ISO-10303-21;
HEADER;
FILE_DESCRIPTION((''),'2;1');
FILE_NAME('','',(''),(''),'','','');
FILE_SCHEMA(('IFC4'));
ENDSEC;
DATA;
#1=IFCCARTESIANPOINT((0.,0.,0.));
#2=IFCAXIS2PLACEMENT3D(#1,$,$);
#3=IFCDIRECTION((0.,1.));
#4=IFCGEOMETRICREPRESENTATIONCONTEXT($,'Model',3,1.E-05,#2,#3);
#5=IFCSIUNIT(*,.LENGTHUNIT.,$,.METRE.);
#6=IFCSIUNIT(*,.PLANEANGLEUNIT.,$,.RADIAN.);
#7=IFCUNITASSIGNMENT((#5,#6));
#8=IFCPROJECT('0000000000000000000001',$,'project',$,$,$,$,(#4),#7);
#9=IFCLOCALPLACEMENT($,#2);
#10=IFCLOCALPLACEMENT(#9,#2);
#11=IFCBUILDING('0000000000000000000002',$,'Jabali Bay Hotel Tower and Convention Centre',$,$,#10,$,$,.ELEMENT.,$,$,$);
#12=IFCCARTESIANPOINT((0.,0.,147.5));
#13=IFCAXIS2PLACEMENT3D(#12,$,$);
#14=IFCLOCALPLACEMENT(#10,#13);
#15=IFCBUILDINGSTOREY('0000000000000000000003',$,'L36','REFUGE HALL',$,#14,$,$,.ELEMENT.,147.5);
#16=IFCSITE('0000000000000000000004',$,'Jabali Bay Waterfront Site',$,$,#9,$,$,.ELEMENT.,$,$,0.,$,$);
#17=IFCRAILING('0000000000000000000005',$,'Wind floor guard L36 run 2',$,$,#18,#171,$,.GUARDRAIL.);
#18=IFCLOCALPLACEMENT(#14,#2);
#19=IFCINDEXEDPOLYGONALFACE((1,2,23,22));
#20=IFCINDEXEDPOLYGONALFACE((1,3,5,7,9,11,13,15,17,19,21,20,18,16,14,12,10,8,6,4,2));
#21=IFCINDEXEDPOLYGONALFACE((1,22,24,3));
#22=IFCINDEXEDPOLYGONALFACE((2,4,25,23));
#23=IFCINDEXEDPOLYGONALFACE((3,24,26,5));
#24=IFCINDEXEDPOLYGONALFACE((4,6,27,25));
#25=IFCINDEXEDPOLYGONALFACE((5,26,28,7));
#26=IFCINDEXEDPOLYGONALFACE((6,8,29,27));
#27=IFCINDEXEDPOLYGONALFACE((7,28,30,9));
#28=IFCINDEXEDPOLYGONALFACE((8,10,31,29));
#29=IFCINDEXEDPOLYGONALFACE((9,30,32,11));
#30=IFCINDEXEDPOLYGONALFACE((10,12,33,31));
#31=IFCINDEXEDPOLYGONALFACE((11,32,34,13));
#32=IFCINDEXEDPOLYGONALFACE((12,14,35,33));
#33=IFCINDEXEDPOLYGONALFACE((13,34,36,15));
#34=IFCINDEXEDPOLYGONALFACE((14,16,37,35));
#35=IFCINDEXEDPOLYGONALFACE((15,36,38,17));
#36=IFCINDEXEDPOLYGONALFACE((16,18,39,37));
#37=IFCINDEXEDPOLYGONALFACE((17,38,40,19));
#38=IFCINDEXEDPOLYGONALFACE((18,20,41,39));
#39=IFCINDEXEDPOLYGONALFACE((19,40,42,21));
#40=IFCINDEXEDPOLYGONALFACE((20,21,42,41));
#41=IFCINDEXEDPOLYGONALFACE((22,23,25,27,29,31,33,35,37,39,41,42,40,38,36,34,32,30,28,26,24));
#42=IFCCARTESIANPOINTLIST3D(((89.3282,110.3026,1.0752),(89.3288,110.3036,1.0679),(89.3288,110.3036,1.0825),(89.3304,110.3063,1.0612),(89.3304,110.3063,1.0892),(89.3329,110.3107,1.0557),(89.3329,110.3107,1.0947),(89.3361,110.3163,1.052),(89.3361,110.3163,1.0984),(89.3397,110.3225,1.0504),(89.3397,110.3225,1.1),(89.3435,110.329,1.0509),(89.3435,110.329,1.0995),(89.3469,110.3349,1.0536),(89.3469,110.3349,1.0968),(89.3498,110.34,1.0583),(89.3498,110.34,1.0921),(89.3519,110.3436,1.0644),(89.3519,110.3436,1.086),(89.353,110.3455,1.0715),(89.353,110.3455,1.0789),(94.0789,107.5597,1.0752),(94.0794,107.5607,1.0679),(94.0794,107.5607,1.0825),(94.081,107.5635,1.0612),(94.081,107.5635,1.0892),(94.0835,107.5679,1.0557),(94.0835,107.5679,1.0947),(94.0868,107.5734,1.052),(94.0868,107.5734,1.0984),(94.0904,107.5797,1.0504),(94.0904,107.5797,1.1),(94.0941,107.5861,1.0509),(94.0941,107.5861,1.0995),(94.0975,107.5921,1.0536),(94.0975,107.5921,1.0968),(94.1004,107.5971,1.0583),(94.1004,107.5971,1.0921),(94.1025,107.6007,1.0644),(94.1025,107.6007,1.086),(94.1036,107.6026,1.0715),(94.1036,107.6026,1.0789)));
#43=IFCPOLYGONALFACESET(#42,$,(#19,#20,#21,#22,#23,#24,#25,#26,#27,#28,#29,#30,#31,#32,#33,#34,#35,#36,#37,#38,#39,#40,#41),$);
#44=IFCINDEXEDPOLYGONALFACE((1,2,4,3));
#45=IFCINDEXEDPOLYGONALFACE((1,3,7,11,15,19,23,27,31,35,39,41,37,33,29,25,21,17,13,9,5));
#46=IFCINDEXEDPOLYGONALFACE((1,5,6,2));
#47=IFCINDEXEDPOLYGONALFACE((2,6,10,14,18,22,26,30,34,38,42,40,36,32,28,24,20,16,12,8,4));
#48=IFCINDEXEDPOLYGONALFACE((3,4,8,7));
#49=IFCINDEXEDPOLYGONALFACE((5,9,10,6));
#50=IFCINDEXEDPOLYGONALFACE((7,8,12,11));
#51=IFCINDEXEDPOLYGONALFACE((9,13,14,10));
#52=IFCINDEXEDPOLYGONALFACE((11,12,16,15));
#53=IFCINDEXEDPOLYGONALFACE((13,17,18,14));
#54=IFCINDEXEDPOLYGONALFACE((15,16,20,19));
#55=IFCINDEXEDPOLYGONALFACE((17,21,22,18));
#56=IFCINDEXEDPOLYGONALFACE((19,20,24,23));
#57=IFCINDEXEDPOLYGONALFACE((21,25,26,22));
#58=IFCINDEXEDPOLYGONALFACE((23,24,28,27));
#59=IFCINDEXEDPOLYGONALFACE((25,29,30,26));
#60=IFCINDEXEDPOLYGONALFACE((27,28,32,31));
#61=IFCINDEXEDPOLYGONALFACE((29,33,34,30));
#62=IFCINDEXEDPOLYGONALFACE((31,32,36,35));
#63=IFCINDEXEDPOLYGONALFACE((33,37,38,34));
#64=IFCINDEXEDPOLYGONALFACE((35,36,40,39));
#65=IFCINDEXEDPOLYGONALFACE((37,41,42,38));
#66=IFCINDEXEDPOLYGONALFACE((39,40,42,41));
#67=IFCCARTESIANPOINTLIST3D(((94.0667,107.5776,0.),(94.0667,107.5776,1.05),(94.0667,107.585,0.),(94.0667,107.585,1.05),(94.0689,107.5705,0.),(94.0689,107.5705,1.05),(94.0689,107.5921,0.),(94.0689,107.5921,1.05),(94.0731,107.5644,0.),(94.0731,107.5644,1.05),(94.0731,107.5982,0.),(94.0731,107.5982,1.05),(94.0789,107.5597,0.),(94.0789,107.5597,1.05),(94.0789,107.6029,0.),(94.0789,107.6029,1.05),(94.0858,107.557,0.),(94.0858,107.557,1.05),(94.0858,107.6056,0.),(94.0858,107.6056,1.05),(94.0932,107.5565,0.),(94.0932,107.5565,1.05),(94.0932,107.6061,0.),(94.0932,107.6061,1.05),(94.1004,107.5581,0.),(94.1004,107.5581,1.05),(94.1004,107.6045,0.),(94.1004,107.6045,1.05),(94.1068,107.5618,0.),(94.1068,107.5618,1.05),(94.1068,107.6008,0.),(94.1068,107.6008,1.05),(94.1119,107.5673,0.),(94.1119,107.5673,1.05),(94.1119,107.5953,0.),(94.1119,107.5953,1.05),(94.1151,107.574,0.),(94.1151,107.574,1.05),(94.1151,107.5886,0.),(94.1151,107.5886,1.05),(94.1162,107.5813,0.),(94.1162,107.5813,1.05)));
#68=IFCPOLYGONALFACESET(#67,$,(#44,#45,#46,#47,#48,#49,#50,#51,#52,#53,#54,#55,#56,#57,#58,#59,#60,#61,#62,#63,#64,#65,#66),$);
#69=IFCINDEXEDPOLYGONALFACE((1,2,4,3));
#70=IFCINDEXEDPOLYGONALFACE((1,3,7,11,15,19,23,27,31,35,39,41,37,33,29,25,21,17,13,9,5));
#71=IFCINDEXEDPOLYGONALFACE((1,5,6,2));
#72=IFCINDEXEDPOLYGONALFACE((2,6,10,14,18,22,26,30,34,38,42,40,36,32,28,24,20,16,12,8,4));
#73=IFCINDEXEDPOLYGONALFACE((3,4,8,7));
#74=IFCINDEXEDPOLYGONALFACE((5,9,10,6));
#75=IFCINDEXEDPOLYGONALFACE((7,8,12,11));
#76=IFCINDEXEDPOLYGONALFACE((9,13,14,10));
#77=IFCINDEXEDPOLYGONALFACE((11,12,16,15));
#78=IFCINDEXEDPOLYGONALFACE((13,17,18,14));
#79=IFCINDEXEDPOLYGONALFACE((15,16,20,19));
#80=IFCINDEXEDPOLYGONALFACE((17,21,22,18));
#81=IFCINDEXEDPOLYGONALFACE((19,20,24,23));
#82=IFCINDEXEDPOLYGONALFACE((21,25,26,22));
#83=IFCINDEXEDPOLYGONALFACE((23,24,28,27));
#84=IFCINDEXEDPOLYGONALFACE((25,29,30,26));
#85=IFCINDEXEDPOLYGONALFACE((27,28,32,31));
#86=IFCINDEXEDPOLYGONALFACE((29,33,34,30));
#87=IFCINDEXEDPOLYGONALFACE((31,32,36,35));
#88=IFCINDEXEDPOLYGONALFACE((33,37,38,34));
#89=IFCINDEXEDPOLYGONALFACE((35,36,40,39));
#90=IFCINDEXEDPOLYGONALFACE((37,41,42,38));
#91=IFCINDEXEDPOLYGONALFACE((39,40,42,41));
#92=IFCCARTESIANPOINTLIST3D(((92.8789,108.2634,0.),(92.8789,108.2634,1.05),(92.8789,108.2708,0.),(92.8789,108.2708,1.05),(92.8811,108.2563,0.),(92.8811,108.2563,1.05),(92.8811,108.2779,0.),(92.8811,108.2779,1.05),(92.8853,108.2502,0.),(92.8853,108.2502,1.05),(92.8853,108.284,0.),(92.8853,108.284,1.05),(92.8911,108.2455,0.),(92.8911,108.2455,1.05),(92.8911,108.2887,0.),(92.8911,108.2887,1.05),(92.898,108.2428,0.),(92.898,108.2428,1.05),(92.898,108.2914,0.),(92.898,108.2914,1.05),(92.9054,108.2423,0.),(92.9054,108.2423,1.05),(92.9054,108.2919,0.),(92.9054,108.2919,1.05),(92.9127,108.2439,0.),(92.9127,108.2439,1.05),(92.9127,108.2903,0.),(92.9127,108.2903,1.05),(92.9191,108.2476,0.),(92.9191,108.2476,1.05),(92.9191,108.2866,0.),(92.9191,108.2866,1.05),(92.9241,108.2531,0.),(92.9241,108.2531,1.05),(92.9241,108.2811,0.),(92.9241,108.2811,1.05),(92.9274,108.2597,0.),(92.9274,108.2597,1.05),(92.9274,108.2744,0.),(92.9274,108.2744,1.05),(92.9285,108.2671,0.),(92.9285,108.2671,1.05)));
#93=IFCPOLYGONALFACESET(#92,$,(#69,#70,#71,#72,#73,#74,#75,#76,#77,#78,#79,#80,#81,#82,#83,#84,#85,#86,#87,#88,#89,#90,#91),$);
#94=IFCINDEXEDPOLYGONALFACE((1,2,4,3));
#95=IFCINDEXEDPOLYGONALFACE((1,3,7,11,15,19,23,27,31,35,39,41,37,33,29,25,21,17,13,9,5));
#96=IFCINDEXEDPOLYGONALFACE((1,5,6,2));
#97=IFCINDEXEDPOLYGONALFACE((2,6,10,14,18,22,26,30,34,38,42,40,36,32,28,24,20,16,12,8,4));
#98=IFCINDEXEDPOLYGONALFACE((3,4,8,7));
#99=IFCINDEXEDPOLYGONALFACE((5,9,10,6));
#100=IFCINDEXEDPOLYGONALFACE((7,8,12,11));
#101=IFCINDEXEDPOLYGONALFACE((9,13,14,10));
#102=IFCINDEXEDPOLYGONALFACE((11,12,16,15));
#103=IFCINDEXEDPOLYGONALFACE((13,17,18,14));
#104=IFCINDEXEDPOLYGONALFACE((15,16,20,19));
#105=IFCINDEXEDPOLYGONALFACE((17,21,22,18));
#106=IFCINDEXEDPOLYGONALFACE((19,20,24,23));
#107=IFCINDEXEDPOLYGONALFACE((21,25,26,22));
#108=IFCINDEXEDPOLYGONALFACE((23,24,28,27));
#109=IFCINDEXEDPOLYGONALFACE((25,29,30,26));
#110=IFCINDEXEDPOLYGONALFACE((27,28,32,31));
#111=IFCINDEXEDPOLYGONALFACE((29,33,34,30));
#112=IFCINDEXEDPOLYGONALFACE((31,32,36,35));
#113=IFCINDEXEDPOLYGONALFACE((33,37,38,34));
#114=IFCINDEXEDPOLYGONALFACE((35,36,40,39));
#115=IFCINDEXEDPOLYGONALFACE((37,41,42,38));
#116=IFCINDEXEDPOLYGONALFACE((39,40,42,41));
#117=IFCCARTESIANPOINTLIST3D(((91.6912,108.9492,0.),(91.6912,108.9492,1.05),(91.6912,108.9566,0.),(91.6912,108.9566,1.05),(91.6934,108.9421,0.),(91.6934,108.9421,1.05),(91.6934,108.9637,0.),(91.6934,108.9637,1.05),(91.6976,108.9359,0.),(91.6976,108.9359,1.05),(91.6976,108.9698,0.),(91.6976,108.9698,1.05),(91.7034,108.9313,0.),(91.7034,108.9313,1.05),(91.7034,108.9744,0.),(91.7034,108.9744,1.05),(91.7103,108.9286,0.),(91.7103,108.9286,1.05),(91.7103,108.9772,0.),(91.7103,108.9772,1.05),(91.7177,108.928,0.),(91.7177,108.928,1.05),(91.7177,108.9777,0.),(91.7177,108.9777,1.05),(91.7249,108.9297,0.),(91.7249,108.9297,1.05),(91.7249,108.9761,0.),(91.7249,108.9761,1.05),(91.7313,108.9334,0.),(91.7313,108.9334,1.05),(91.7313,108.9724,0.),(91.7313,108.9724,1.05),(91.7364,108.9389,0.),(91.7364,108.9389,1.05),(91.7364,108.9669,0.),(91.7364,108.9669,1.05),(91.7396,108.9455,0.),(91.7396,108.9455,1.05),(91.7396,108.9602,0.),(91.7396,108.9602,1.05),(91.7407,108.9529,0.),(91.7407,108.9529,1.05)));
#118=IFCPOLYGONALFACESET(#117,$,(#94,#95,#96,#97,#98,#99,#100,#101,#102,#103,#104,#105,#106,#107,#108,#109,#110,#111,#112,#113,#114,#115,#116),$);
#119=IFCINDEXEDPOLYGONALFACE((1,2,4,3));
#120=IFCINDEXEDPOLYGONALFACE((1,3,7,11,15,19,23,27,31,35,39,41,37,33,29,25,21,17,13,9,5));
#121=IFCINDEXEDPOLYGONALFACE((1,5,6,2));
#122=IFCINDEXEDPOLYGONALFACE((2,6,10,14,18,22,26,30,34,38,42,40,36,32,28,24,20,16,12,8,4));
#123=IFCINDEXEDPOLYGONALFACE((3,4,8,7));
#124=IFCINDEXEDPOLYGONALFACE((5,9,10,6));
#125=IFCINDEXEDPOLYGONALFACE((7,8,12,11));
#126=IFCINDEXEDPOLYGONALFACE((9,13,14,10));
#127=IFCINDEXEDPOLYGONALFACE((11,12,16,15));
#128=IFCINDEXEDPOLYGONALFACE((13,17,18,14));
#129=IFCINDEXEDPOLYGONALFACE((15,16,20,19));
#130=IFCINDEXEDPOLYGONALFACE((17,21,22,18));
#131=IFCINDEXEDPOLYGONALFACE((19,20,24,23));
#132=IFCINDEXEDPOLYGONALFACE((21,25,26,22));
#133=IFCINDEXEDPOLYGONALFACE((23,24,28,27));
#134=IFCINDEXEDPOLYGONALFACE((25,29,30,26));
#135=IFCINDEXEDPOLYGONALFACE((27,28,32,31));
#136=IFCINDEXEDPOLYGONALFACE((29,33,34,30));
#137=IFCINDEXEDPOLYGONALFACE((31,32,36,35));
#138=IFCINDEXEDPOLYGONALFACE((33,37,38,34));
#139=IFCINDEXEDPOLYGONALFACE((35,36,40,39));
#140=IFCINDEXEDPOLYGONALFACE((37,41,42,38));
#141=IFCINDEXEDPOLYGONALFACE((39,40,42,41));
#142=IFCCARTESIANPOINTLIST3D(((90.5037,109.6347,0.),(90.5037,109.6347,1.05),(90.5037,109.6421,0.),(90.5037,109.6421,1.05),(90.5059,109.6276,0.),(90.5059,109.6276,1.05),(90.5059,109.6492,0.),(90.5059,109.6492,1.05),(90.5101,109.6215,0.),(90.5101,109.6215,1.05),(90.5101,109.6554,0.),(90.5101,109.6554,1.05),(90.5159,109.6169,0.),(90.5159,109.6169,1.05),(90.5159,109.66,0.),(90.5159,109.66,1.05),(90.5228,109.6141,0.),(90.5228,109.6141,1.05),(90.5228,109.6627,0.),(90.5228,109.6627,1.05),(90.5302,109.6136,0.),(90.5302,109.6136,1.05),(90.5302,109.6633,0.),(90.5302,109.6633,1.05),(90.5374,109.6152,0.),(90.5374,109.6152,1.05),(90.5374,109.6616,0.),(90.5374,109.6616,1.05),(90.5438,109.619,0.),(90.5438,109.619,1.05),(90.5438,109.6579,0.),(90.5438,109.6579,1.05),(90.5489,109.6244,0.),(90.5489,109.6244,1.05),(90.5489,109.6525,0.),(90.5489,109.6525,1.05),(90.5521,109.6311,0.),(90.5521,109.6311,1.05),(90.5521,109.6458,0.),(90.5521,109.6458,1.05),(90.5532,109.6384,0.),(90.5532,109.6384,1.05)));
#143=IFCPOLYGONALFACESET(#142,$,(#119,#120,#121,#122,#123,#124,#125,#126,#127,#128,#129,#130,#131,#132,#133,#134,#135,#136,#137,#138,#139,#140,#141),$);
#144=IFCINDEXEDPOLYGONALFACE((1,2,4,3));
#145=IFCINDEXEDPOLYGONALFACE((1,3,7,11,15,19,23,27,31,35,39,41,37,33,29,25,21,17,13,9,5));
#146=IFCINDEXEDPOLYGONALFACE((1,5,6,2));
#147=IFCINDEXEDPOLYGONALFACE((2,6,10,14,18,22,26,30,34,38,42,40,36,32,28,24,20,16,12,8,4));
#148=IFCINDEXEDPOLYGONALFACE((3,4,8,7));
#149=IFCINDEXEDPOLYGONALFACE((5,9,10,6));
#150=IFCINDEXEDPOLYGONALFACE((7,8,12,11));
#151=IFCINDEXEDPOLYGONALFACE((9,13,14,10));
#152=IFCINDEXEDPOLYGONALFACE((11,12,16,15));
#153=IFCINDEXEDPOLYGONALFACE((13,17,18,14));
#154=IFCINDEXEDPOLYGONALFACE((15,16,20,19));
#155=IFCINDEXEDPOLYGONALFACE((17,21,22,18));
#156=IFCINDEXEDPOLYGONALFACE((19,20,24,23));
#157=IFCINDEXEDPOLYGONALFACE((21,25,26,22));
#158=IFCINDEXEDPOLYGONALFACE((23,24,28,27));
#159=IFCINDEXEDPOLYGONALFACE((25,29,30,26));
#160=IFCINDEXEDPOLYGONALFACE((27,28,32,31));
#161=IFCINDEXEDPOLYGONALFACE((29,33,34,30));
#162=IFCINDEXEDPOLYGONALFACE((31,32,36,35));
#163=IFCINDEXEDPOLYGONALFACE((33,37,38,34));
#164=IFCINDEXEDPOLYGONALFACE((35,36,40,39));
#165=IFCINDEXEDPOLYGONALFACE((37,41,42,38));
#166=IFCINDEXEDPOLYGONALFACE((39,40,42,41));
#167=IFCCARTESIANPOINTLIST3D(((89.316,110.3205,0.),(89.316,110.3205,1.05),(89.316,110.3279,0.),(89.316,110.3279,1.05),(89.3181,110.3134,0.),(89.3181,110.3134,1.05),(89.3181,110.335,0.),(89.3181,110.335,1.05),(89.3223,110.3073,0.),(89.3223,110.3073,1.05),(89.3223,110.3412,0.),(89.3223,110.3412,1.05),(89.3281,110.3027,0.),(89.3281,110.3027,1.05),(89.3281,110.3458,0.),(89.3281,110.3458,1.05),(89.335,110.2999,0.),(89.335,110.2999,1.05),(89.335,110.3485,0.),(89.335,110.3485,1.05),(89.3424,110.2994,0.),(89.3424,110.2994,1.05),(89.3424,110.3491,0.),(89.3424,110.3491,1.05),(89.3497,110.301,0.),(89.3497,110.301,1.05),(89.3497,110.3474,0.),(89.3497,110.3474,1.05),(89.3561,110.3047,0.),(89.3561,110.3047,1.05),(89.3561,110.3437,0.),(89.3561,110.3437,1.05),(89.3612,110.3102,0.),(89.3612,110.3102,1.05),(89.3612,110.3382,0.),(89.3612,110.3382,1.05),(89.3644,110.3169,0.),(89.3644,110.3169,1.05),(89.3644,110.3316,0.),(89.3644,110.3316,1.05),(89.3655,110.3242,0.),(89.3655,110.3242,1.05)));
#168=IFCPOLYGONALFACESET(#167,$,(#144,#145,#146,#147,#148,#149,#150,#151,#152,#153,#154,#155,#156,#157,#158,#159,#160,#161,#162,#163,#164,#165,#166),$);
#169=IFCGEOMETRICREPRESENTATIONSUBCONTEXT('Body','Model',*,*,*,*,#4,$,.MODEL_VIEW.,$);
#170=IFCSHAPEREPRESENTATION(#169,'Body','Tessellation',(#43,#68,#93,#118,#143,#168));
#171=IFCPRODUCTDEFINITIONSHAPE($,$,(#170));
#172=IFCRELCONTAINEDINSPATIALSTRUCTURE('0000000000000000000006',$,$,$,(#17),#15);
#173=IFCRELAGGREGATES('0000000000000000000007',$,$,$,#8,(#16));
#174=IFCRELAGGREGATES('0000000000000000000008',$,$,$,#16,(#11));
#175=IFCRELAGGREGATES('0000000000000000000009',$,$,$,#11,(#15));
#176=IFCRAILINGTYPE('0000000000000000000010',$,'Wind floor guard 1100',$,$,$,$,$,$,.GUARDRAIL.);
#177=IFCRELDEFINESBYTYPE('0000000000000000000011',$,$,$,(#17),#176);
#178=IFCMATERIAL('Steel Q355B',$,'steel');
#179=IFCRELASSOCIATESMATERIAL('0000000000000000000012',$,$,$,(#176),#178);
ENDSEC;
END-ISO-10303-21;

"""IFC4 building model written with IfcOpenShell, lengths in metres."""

from ifc_helpers import new_model, si_unit, direction, frame, origin, origin_2d, place, context, subcontext, project, spatial, circle, extrude, material, type_object, element, save


model = new_model("IFC4")

# Units and contexts
model_context = context("Model", 3, precision=1e-05, world=origin(), true_north=direction((0.0, 1.0)))
body_context = subcontext(model_context, "Body", "Model", "MODEL_VIEW")
ifc_project = project(units=[si_unit("LENGTHUNIT", "METRE"), si_unit("PLANEANGLEUNIT", "RADIAN")], contexts=[model_context])

# Site, building, storey
site_placement = place(None, origin())
site = spatial("IfcSite", under=ifc_project, at=site_placement, Name="Jabali Bay Waterfront Site", CompositionType="ELEMENT", RefElevation=0.0)
building_placement = place(site_placement, origin())
building = spatial("IfcBuilding", under=site, at=building_placement, Name="Jabali Bay Hotel Tower and Convention Centre", CompositionType="ELEMENT")
storey_placement = place(building_placement, frame((0.0, 0.0, 147.5)))
storey = spatial("IfcBuildingStorey", under=building, at=storey_placement, Name="L36", Description="REFUGE HALL", CompositionType="ELEMENT", Elevation=147.5)

# Railing
ifc_material_1 = material(Name="Steel Q355B", Category="steel")
railing_type = type_object("IfcRailingType", Name="Wind floor guard 1100", PredefinedType="GUARDRAIL", material=ifc_material_1)
railing_1_placement = place(storey_placement, frame((94.0913, 107.5813, 0.0)))
element("IfcRailing", 1, at=railing_1_placement, inside=storey, type_object=railing_type, Name="Wind floor guard L36 run 2", PredefinedType="GUARDRAIL", context=body_context, shape_type="SweptSolid", body=[
    extrude(circle(Radius=0.0249, at=origin_2d()), frame((0.0, 0.0, 1.0752), z_axis=(-0.866019, 0.500011, 0.0), x_axis=(-0.500011, -0.866019, 0.0)), (0.0, 0.0, 1.0), 5.4856),
    extrude(circle(Radius=0.0249, at=origin_2d()), origin(), (0.0, 0.0, 1.0), 1.05),
    extrude(circle(Radius=0.0249, at=origin_2d()), frame((-1.1877, 0.6858, 0.0)), (0.0, 0.0, 1.0), 1.05),
    extrude(circle(Radius=0.0249, at=origin_2d()), frame((-2.3755, 1.3716, 0.0)), (0.0, 0.0, 1.0), 1.05),
    extrude(circle(Radius=0.0249, at=origin_2d()), frame((-3.563, 2.0571, 0.0)), (0.0, 0.0, 1.0), 1.05),
    extrude(circle(Radius=0.0249, at=origin_2d()), frame((-4.7507, 2.7429, 0.0)), (0.0, 0.0, 1.0), 1.05),
])

save(model, "model.ifc")
